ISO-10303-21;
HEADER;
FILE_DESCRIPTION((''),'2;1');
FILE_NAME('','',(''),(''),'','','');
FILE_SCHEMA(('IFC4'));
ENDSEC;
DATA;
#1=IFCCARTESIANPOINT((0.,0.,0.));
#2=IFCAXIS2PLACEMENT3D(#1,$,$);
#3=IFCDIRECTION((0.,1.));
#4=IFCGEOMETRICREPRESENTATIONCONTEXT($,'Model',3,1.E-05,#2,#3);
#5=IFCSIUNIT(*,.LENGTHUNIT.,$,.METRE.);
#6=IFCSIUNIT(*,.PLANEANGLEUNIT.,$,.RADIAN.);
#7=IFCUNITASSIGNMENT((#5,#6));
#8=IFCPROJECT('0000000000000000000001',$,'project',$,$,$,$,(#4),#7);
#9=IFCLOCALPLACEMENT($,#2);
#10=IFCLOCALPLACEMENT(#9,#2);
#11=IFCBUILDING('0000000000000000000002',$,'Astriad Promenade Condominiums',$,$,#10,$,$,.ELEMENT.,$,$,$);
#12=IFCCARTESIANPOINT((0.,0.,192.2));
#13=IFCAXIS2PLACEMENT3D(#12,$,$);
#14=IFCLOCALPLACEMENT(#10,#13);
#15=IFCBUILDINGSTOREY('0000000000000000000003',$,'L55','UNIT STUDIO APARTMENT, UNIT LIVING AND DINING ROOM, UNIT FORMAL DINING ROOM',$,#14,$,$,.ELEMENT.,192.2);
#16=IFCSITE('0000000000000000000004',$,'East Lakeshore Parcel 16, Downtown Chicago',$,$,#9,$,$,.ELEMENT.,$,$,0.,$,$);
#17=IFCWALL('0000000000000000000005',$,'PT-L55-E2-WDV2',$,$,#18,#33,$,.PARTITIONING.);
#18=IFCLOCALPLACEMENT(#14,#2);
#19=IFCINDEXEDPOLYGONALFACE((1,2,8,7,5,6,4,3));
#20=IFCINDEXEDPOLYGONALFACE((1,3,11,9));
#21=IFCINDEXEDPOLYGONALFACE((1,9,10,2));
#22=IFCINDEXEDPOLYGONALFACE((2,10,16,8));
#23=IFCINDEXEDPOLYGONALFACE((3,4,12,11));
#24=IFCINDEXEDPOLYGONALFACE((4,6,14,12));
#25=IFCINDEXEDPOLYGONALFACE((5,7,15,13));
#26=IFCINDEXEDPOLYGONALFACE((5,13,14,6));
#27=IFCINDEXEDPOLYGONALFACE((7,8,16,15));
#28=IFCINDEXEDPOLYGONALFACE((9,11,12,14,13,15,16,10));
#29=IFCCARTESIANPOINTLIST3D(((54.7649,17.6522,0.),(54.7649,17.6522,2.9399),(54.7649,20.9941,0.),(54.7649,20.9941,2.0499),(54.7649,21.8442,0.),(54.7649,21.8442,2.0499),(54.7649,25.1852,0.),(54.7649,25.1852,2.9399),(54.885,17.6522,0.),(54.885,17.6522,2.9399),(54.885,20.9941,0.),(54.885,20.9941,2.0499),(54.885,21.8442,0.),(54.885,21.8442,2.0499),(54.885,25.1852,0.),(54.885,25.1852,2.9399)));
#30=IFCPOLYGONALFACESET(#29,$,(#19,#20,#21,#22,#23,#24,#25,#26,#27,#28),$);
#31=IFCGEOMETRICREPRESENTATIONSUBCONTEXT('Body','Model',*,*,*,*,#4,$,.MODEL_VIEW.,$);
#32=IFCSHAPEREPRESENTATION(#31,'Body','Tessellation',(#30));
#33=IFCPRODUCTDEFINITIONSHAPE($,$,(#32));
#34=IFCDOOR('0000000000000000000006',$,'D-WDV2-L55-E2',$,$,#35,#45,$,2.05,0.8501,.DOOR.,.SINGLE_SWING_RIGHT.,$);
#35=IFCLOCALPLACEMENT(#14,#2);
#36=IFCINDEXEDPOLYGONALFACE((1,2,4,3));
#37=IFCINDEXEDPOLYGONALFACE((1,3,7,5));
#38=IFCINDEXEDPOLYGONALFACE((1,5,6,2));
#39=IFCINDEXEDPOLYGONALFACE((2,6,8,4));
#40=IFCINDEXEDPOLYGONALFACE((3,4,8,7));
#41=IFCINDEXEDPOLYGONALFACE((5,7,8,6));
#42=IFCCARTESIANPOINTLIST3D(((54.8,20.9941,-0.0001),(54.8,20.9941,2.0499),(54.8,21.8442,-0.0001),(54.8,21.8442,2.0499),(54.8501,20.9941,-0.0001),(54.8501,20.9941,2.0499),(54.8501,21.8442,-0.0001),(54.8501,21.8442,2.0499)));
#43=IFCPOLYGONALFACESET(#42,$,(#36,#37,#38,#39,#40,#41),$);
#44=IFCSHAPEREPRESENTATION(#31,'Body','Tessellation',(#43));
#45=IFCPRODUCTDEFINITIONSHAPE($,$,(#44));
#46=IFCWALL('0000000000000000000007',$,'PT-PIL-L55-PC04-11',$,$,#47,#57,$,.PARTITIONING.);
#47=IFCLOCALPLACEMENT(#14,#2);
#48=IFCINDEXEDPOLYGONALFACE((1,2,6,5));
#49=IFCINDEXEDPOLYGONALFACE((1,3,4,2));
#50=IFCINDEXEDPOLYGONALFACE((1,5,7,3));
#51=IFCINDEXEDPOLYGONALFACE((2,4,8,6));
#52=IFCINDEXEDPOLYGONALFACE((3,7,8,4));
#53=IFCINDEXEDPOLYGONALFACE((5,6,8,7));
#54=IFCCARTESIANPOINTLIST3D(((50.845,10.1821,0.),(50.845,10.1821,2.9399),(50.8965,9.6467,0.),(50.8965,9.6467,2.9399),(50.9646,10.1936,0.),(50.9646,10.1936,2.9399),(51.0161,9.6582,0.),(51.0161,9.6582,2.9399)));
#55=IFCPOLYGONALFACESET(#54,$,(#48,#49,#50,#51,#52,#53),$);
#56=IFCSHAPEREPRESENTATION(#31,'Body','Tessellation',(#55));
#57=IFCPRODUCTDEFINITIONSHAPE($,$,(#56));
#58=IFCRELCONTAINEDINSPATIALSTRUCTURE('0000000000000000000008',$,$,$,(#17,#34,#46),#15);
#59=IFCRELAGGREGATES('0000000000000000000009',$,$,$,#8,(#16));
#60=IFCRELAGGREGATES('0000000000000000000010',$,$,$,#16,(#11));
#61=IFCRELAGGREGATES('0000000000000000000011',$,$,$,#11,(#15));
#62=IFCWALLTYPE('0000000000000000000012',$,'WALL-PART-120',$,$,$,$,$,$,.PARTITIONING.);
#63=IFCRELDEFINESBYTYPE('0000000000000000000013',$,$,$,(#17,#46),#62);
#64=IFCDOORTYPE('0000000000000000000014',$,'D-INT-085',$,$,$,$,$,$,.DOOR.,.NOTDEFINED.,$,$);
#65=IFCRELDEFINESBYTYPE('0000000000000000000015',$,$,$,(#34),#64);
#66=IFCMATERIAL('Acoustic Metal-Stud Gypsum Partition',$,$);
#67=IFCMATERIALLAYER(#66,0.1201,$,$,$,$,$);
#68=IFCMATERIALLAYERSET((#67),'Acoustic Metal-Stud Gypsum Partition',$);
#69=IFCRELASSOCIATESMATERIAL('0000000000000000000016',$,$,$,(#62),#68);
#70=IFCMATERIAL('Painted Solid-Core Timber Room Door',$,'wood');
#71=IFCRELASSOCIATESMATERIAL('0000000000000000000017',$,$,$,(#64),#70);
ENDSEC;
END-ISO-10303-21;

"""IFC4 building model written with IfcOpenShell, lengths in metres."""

from ifc_helpers import new_model, si_unit, direction, frame, frame_2d, origin, place, context, subcontext, project, spatial, rectangle, extrude, source, transform, mapped, material, layer, layer_set, type_object, type_shapes, element, fill, save


model = new_model("IFC4")

# Units and contexts
model_context = context("Model", 3, precision=1e-05, world=origin(), true_north=direction((0.0, 1.0)))
body_context = subcontext(model_context, "Body", "Model", "MODEL_VIEW")
ifc_project = project(units=[si_unit("LENGTHUNIT", "METRE"), si_unit("PLANEANGLEUNIT", "RADIAN")], contexts=[model_context])

# Site, building, storey
site_placement = place(None, origin())
site = spatial("IfcSite", under=ifc_project, at=site_placement, Name="East Lakeshore Parcel 16, Downtown Chicago", CompositionType="ELEMENT", RefElevation=0.0)
building_placement = place(site_placement, origin())
building = spatial("IfcBuilding", under=site, at=building_placement, Name="Astriad Promenade Condominiums", CompositionType="ELEMENT")
storey_placement = place(building_placement, frame((0.0, 0.0, 192.2)))
storey = spatial("IfcBuildingStorey", under=building, at=storey_placement, Name="L55", Description="UNIT STUDIO APARTMENT, UNIT LIVING AND DINING ROOM, UNIT FORMAL DINING ROOM", CompositionType="ELEMENT", Elevation=192.2)

# Shared definitions
ifc_material_1 = material(Name="Acoustic Metal-Stud Gypsum Partition")
ifc_layer_1 = layer(ifc_material_1, 0.1201)
ifc_layer_set_1 = layer_set([ifc_layer_1], Name="Acoustic Metal-Stud Gypsum Partition")
wall_type_1 = type_object("IfcWallType", Name="WALL-PART-120", PredefinedType="PARTITIONING", material=ifc_layer_set_1)
ifc_material_2 = material(Name="Painted Solid-Core Timber Room Door", Category="wood")
door_type_1 = type_object("IfcDoorType", Name="D-INT-085", OperationType="NOTDEFINED", PredefinedType="DOOR", material=ifc_material_2)
shared_shape_1 = source(origin(), body_context, "Body", "SweptSolid", [
    extrude(rectangle(XDim=0.8501, YDim=2.05, at=frame_2d((0.425, 1.0249))), frame((0.0, 0.0249, 0.0), z_axis=(0.0, -1.0, 0.0), x_axis=(1.0, 0.0, 0.0)), (0.0, 0.0, 1.0), 0.05),
])
type_shapes(door_type_1, [shared_shape_1])

# Wall, opening, door
wall_1_placement = place(storey_placement, frame((54.825, 17.6521, 0.0), z_axis=(0.0, 0.0, 1.0), x_axis=(0.0, 1.0, 0.0)))
wall_1 = element("IfcWall", 1, at=wall_1_placement, inside=storey, type_object=wall_type_1, Name="PT-L55-E2-WDV2", PredefinedType="PARTITIONING", context=body_context, shape_type="SweptSolid", body=[
    extrude(rectangle(XDim=7.533, YDim=0.1201, at=frame_2d((3.7666, 0.0))), origin(), (0.0, 0.0, 1.0), 2.9399),
])
opening_1_placement = place(wall_1_placement, frame((3.342, 0.0, 0.0)))
opening_1 = element("IfcOpeningElement", 2, at=opening_1_placement, cuts=wall_1, PredefinedType="OPENING", context=body_context, shape_type="SweptSolid", body=[
    extrude(rectangle(XDim=0.8501, YDim=2.05, at=frame_2d((0.425, 1.0249))), frame((0.0, 0.0701, 0.0), z_axis=(0.0, -1.0, 0.0), x_axis=(1.0, 0.0, 0.0)), (0.0, 0.0, 1.0), 0.1401),
])
door_1_placement = place(opening_1_placement, origin())
door_1 = element("IfcDoor", 3, at=door_1_placement, inside=storey, type_object=door_type_1, Name="D-WDV2-L55-E2", OperationType="SINGLE_SWING_RIGHT", OverallHeight=2.05, OverallWidth=0.8501, PredefinedType="DOOR", context=body_context, shape_type="MappedRepresentation", body=[
    mapped(shared_shape_1, transform((0.0, 0.0, 0.0), scale=1.0)),
])
fill(opening_1, door_1)

# Wall
wall_2_placement = place(storey_placement, frame((50.9048, 10.188, 0.0), z_axis=(0.0, 0.0, 1.0), x_axis=(0.095773, -0.995403, 0.0)))
element("IfcWall", 4, at=wall_2_placement, inside=storey, type_object=wall_type_1, Name="PT-PIL-L55-PC04-11", PredefinedType="PARTITIONING", context=body_context, shape_type="SweptSolid", body=[
    extrude(rectangle(XDim=0.5378, YDim=0.1201, at=frame_2d((0.269, 0.0))), origin(), (0.0, 0.0, 1.0), 2.9399),
])

save(model, "model.ifc")
